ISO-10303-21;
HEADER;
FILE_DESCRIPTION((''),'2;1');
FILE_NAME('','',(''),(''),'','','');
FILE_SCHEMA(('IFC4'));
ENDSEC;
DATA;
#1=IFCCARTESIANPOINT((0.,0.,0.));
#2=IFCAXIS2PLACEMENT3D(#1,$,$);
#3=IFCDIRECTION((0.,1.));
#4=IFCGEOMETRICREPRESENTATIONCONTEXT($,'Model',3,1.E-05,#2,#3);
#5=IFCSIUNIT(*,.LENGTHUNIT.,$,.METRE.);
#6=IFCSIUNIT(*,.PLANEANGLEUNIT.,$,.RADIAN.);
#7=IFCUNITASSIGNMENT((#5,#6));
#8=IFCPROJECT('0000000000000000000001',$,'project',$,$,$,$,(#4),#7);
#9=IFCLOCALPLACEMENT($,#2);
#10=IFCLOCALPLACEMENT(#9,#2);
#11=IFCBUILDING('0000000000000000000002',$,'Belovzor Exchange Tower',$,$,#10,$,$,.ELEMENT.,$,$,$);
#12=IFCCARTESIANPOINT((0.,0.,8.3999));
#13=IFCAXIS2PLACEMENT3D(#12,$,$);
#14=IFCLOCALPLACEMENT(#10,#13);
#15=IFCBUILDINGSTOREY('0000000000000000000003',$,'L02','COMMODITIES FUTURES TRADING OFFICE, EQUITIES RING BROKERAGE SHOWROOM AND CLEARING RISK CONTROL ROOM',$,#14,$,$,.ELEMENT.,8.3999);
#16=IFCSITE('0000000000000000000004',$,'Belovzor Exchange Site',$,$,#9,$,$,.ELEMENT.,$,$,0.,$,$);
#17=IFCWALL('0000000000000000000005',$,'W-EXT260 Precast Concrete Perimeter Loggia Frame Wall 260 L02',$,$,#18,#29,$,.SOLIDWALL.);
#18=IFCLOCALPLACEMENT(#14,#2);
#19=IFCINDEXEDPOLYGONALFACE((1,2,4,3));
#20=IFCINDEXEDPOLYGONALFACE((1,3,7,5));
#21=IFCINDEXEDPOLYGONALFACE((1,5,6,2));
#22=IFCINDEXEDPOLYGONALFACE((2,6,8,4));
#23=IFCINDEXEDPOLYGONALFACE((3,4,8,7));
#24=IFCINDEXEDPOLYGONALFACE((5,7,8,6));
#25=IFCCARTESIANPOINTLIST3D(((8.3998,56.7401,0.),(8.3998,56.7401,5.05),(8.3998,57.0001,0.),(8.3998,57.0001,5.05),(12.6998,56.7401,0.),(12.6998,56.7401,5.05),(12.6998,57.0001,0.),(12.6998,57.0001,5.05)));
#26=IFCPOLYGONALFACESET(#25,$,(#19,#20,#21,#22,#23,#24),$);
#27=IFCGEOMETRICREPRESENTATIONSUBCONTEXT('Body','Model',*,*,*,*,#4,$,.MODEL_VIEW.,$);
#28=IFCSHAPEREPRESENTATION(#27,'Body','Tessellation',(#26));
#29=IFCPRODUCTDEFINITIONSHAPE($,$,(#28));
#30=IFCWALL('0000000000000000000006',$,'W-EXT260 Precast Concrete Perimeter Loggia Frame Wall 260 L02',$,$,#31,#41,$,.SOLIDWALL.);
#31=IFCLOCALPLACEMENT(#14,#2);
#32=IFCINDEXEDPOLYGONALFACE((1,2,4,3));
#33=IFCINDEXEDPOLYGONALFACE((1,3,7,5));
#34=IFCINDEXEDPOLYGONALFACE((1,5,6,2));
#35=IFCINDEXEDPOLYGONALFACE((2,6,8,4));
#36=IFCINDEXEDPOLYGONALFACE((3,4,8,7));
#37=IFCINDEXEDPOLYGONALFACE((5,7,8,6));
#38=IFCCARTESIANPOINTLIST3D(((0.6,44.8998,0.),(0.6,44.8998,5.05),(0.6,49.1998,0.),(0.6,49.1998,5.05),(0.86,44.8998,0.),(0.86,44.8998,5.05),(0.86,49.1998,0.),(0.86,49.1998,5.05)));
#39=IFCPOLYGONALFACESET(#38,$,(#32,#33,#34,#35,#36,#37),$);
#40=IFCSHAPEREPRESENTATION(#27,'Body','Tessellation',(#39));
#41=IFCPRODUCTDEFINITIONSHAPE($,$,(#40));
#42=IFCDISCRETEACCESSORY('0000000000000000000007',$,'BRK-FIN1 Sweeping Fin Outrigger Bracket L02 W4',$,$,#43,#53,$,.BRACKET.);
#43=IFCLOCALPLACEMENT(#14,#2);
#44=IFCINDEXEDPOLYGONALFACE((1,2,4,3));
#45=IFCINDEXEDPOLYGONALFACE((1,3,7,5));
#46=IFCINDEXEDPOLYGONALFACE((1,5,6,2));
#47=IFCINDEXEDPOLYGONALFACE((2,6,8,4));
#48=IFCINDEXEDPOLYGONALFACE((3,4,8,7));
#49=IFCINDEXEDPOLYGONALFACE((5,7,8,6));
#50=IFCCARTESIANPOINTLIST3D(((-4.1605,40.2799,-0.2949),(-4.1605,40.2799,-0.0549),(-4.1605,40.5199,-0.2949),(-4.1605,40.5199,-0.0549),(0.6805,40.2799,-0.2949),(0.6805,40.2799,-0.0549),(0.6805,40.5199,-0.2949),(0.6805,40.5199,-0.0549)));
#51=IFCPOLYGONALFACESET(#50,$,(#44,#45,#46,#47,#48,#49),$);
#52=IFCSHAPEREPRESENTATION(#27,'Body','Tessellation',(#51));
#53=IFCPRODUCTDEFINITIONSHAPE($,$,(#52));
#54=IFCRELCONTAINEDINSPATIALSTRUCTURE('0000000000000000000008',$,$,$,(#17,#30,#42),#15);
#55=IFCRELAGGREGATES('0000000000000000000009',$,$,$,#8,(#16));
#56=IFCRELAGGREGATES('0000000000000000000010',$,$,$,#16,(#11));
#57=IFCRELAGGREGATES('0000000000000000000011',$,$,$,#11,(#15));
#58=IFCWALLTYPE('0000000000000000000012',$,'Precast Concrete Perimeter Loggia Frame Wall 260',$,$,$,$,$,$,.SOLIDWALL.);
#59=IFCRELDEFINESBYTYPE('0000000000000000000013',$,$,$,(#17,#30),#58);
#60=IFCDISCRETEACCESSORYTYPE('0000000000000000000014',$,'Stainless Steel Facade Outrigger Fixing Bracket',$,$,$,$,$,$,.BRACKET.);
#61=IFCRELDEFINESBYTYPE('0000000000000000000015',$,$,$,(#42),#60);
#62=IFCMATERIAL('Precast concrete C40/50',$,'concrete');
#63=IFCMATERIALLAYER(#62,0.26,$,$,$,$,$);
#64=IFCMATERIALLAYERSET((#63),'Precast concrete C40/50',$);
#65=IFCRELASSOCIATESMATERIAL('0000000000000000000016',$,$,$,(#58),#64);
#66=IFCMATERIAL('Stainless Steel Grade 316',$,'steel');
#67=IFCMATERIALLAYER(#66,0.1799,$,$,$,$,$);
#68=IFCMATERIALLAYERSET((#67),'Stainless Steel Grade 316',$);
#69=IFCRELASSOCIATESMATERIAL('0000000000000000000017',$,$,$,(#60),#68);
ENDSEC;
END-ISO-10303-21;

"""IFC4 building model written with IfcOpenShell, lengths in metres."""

from ifc_helpers import new_model, si_unit, direction, frame, frame_2d, origin, origin_2d, place, context, subcontext, project, spatial, rectangle, extrude, material, layer, layer_set, type_object, element, save


model = new_model("IFC4")

# Units and contexts
model_context = context("Model", 3, precision=1e-05, world=origin(), true_north=direction((0.0, 1.0)))
body_context = subcontext(model_context, "Body", "Model", "MODEL_VIEW")
ifc_project = project(units=[si_unit("LENGTHUNIT", "METRE"), si_unit("PLANEANGLEUNIT", "RADIAN")], contexts=[model_context])

# Site, building, storey
site_placement = place(None, origin())
site = spatial("IfcSite", under=ifc_project, at=site_placement, Name="Belovzor Exchange Site", CompositionType="ELEMENT", RefElevation=0.0)
building_placement = place(site_placement, origin())
building = spatial("IfcBuilding", under=site, at=building_placement, Name="Belovzor Exchange Tower", CompositionType="ELEMENT")
storey_placement = place(building_placement, frame((0.0, 0.0, 8.3999)))
storey = spatial("IfcBuildingStorey", under=building, at=storey_placement, Name="L02", Description="COMMODITIES FUTURES TRADING OFFICE, EQUITIES RING BROKERAGE SHOWROOM AND CLEARING RISK CONTROL ROOM", CompositionType="ELEMENT", Elevation=8.3999)

# Walls
ifc_material_1 = material(Name="Precast concrete C40/50", Category="concrete")
ifc_layer_1 = layer(ifc_material_1, 0.26)
ifc_layer_set_1 = layer_set([ifc_layer_1], Name="Precast concrete C40/50")
wall_type_1 = type_object("IfcWallType", Name="Precast Concrete Perimeter Loggia Frame Wall 260", PredefinedType="SOLIDWALL", material=ifc_layer_set_1)
for number, where, z_axis, x_axis, name in (
    (1, (8.3999, 56.8701, 0.0), (0.0, 0.0, 1.0), (1.0, 0.0, 0.0), "W-EXT260 Precast Concrete Perimeter Loggia Frame Wall 260 L02"),
    (2, (0.73, 44.8999, 0.0), (0.0, 0.0, 1.0), (0.0, 1.0, 0.0), "W-EXT260 Precast Concrete Perimeter Loggia Frame Wall 260 L02"),
):
    element("IfcWall", number, at=place(storey_placement, frame(where, z_axis=z_axis, x_axis=x_axis)), inside=storey, type_object=wall_type_1, Name=name, PredefinedType="SOLIDWALL", context=body_context, shape_type="SweptSolid", body=[
        extrude(rectangle(XDim=4.3, YDim=0.26, at=frame_2d((2.1499, 0.0))), origin(), (0.0, 0.0, 1.0), 5.05),
    ])

# Discrete accessory
ifc_material_2 = material(Name="Stainless Steel Grade 316", Category="steel")
ifc_layer_2 = layer(ifc_material_2, 0.1799)
ifc_layer_set_2 = layer_set([ifc_layer_2], Name="Stainless Steel Grade 316")
discrete_accessory_type = type_object("IfcDiscreteAccessoryType", Name="Stainless Steel Facade Outrigger Fixing Bracket", PredefinedType="BRACKET", material=ifc_layer_set_2)
discrete_accessory_placement = place(storey_placement, frame((-1.74, 40.3999, -0.2949), z_axis=(0.0, 0.0, 1.0), x_axis=(1.0, 0.0, 0.0)))
element("IfcDiscreteAccessory", 3, at=discrete_accessory_placement, inside=storey, type_object=discrete_accessory_type, Name="BRK-FIN1 Sweeping Fin Outrigger Bracket L02 W4", PredefinedType="BRACKET", context=body_context, shape_type="SweptSolid", body=[
    extrude(rectangle(XDim=4.8411, YDim=0.24, at=origin_2d()), origin(), (0.0, 0.0, 1.0), 0.24),
])

save(model, "model.ifc")
